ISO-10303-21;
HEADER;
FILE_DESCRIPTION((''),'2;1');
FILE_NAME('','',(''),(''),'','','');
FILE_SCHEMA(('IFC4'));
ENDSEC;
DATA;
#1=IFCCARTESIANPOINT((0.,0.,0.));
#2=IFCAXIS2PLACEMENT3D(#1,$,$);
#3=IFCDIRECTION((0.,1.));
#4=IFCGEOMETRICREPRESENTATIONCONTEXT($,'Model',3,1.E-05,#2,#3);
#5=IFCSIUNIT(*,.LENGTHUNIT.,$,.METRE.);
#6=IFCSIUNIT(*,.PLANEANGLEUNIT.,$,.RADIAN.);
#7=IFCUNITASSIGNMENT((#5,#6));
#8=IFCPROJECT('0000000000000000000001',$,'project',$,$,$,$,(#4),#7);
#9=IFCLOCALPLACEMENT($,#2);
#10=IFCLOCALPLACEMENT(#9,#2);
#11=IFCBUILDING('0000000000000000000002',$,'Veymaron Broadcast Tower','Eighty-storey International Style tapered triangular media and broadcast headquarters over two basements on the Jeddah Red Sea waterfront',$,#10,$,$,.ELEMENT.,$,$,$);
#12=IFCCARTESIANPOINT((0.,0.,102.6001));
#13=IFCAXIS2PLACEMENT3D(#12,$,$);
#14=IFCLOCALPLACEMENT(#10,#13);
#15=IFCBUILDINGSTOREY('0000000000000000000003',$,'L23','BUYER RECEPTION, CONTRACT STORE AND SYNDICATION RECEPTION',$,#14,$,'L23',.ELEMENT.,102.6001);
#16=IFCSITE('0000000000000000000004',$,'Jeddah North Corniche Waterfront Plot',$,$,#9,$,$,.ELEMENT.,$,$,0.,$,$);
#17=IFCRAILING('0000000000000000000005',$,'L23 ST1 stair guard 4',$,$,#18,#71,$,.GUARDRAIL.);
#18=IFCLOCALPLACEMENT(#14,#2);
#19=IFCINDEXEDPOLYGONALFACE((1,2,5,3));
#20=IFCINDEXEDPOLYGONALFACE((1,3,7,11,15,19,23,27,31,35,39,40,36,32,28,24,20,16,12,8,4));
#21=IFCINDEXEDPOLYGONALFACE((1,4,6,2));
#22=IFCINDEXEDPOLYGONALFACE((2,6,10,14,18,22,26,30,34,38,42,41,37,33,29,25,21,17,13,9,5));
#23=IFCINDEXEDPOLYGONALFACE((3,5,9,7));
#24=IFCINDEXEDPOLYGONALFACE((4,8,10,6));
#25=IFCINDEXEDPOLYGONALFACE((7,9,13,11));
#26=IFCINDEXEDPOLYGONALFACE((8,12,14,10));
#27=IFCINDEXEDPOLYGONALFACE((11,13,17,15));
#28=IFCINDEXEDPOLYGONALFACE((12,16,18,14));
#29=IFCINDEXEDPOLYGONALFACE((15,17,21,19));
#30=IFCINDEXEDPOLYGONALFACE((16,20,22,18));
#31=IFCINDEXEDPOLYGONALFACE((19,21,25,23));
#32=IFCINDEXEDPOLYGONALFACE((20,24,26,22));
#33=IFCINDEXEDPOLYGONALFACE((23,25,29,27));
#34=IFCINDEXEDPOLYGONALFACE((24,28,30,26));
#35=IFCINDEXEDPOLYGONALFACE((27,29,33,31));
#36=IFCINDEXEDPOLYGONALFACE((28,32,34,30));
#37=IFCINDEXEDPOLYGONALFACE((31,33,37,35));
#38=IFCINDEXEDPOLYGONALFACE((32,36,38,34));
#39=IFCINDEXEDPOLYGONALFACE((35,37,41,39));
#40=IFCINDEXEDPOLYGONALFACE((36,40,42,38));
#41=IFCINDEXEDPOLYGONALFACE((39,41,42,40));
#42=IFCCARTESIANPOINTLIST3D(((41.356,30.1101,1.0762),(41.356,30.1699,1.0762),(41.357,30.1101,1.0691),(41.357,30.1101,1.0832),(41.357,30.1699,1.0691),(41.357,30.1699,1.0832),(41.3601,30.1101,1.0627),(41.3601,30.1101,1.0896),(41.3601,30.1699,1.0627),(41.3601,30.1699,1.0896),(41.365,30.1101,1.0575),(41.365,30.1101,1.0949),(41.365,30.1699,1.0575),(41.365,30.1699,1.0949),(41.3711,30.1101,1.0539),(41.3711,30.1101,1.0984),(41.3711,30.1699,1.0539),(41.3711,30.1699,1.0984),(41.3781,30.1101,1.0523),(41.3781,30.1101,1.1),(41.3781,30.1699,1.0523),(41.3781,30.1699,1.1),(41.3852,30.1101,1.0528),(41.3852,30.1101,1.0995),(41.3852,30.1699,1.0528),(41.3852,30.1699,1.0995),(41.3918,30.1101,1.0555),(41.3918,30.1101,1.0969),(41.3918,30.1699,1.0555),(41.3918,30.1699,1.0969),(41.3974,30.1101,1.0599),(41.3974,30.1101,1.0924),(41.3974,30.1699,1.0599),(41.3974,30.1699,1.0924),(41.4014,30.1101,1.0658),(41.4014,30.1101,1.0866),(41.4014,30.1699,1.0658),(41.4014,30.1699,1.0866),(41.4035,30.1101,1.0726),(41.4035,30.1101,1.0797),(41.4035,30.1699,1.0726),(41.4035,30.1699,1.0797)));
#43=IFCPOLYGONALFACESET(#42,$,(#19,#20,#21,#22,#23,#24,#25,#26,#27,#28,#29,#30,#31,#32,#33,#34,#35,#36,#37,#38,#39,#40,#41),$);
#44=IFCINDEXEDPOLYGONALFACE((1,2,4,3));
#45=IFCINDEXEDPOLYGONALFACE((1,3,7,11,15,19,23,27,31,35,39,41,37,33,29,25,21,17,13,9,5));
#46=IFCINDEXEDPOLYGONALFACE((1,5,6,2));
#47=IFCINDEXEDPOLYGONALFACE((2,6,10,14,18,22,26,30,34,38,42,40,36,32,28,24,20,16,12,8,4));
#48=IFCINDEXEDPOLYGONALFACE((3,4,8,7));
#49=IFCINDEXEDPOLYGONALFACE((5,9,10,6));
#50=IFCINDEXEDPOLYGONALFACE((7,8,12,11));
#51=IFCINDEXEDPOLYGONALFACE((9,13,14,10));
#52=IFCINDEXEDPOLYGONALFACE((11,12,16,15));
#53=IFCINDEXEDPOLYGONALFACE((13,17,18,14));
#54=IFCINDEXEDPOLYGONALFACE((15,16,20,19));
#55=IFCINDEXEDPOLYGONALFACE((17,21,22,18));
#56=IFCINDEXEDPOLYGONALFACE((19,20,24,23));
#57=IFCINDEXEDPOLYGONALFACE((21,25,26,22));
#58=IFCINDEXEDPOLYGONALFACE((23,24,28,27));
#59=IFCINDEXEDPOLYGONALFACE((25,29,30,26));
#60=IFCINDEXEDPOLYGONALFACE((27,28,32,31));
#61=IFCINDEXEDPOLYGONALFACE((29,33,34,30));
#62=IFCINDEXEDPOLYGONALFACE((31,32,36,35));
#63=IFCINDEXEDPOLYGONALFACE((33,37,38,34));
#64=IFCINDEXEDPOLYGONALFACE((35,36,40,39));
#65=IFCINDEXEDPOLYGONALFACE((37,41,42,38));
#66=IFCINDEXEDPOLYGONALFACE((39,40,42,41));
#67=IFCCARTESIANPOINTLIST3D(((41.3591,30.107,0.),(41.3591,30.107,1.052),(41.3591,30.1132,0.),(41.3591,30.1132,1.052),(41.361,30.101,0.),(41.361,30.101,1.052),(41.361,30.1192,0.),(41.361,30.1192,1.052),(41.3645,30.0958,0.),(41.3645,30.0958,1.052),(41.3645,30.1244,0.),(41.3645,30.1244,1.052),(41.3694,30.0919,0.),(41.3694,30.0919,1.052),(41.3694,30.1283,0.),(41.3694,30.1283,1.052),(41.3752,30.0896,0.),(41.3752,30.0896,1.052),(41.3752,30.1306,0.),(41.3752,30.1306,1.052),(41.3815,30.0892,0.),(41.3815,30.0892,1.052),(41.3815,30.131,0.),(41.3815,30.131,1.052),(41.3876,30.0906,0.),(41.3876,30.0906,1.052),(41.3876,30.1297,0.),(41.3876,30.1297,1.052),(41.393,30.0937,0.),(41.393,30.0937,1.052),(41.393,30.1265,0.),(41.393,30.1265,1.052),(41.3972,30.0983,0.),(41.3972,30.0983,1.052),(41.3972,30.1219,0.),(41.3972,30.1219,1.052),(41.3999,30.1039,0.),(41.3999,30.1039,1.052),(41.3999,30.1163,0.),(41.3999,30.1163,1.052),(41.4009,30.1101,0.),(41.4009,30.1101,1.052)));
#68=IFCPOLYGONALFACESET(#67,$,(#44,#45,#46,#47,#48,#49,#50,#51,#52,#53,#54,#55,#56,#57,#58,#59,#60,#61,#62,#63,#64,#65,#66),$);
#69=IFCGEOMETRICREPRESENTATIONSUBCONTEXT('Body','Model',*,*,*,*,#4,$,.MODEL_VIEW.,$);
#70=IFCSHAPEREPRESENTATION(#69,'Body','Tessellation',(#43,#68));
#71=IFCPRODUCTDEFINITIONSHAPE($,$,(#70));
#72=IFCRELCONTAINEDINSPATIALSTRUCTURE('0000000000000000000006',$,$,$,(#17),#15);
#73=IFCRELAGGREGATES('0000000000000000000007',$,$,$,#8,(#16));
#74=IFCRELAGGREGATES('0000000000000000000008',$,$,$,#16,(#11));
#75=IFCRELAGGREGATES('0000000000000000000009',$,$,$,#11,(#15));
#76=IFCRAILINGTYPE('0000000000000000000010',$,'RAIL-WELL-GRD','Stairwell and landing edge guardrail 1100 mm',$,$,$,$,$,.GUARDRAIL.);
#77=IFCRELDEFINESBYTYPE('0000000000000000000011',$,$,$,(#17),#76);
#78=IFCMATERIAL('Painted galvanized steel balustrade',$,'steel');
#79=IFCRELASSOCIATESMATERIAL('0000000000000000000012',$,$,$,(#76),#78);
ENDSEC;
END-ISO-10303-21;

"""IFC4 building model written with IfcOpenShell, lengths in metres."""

from ifc_helpers import new_model, si_unit, direction, frame, origin, origin_2d, place, context, subcontext, project, spatial, circle, extrude, material, type_object, element, save


model = new_model("IFC4")

# Units and contexts
model_context = context("Model", 3, precision=1e-05, world=origin(), true_north=direction((0.0, 1.0)))
body_context = subcontext(model_context, "Body", "Model", "MODEL_VIEW")
ifc_project = project(units=[si_unit("LENGTHUNIT", "METRE"), si_unit("PLANEANGLEUNIT", "RADIAN")], contexts=[model_context])

# Site, building, storey
site_placement = place(None, origin())
site = spatial("IfcSite", under=ifc_project, at=site_placement, Name="Jeddah North Corniche Waterfront Plot", CompositionType="ELEMENT", RefElevation=0.0)
building_placement = place(site_placement, origin())
building = spatial("IfcBuilding", under=site, at=building_placement, Name="Veymaron Broadcast Tower", Description="Eighty-storey International Style tapered triangular media and broadcast headquarters over two basements on the Jeddah Red Sea waterfront", CompositionType="ELEMENT")
storey_placement = place(building_placement, frame((0.0, 0.0, 102.6001)))
storey = spatial("IfcBuildingStorey", under=building, at=storey_placement, Name="L23", Description="BUYER RECEPTION, CONTRACT STORE AND SYNDICATION RECEPTION", LongName="L23", CompositionType="ELEMENT", Elevation=102.6001)

# Railing
ifc_material_1 = material(Name="Painted galvanized steel balustrade", Category="steel")
railing_type_1 = type_object("IfcRailingType", Name="RAIL-WELL-GRD", Description="Stairwell and landing edge guardrail 1100 mm", PredefinedType="GUARDRAIL", material=ifc_material_1)
railing_1_placement = place(storey_placement, frame((41.3799, 30.1101, 0.0)))
element("IfcRailing", 1, at=railing_1_placement, inside=storey, type_object=railing_type_1, Name="L23 ST1 stair guard 4", PredefinedType="GUARDRAIL", context=body_context, shape_type="SweptSolid", body=[
    extrude(circle(Radius=0.0239, at=origin_2d()), frame((0.0, 0.0, 1.0762), z_axis=(0.0, 1.0, 0.0), x_axis=(-1.0, 0.0, 0.0)), (0.0, 0.0, 1.0), 0.0598),
    extrude(circle(Radius=0.021, at=origin_2d()), origin(), (0.0, 0.0, 1.0), 1.052),
])

save(model, "model.ifc")
